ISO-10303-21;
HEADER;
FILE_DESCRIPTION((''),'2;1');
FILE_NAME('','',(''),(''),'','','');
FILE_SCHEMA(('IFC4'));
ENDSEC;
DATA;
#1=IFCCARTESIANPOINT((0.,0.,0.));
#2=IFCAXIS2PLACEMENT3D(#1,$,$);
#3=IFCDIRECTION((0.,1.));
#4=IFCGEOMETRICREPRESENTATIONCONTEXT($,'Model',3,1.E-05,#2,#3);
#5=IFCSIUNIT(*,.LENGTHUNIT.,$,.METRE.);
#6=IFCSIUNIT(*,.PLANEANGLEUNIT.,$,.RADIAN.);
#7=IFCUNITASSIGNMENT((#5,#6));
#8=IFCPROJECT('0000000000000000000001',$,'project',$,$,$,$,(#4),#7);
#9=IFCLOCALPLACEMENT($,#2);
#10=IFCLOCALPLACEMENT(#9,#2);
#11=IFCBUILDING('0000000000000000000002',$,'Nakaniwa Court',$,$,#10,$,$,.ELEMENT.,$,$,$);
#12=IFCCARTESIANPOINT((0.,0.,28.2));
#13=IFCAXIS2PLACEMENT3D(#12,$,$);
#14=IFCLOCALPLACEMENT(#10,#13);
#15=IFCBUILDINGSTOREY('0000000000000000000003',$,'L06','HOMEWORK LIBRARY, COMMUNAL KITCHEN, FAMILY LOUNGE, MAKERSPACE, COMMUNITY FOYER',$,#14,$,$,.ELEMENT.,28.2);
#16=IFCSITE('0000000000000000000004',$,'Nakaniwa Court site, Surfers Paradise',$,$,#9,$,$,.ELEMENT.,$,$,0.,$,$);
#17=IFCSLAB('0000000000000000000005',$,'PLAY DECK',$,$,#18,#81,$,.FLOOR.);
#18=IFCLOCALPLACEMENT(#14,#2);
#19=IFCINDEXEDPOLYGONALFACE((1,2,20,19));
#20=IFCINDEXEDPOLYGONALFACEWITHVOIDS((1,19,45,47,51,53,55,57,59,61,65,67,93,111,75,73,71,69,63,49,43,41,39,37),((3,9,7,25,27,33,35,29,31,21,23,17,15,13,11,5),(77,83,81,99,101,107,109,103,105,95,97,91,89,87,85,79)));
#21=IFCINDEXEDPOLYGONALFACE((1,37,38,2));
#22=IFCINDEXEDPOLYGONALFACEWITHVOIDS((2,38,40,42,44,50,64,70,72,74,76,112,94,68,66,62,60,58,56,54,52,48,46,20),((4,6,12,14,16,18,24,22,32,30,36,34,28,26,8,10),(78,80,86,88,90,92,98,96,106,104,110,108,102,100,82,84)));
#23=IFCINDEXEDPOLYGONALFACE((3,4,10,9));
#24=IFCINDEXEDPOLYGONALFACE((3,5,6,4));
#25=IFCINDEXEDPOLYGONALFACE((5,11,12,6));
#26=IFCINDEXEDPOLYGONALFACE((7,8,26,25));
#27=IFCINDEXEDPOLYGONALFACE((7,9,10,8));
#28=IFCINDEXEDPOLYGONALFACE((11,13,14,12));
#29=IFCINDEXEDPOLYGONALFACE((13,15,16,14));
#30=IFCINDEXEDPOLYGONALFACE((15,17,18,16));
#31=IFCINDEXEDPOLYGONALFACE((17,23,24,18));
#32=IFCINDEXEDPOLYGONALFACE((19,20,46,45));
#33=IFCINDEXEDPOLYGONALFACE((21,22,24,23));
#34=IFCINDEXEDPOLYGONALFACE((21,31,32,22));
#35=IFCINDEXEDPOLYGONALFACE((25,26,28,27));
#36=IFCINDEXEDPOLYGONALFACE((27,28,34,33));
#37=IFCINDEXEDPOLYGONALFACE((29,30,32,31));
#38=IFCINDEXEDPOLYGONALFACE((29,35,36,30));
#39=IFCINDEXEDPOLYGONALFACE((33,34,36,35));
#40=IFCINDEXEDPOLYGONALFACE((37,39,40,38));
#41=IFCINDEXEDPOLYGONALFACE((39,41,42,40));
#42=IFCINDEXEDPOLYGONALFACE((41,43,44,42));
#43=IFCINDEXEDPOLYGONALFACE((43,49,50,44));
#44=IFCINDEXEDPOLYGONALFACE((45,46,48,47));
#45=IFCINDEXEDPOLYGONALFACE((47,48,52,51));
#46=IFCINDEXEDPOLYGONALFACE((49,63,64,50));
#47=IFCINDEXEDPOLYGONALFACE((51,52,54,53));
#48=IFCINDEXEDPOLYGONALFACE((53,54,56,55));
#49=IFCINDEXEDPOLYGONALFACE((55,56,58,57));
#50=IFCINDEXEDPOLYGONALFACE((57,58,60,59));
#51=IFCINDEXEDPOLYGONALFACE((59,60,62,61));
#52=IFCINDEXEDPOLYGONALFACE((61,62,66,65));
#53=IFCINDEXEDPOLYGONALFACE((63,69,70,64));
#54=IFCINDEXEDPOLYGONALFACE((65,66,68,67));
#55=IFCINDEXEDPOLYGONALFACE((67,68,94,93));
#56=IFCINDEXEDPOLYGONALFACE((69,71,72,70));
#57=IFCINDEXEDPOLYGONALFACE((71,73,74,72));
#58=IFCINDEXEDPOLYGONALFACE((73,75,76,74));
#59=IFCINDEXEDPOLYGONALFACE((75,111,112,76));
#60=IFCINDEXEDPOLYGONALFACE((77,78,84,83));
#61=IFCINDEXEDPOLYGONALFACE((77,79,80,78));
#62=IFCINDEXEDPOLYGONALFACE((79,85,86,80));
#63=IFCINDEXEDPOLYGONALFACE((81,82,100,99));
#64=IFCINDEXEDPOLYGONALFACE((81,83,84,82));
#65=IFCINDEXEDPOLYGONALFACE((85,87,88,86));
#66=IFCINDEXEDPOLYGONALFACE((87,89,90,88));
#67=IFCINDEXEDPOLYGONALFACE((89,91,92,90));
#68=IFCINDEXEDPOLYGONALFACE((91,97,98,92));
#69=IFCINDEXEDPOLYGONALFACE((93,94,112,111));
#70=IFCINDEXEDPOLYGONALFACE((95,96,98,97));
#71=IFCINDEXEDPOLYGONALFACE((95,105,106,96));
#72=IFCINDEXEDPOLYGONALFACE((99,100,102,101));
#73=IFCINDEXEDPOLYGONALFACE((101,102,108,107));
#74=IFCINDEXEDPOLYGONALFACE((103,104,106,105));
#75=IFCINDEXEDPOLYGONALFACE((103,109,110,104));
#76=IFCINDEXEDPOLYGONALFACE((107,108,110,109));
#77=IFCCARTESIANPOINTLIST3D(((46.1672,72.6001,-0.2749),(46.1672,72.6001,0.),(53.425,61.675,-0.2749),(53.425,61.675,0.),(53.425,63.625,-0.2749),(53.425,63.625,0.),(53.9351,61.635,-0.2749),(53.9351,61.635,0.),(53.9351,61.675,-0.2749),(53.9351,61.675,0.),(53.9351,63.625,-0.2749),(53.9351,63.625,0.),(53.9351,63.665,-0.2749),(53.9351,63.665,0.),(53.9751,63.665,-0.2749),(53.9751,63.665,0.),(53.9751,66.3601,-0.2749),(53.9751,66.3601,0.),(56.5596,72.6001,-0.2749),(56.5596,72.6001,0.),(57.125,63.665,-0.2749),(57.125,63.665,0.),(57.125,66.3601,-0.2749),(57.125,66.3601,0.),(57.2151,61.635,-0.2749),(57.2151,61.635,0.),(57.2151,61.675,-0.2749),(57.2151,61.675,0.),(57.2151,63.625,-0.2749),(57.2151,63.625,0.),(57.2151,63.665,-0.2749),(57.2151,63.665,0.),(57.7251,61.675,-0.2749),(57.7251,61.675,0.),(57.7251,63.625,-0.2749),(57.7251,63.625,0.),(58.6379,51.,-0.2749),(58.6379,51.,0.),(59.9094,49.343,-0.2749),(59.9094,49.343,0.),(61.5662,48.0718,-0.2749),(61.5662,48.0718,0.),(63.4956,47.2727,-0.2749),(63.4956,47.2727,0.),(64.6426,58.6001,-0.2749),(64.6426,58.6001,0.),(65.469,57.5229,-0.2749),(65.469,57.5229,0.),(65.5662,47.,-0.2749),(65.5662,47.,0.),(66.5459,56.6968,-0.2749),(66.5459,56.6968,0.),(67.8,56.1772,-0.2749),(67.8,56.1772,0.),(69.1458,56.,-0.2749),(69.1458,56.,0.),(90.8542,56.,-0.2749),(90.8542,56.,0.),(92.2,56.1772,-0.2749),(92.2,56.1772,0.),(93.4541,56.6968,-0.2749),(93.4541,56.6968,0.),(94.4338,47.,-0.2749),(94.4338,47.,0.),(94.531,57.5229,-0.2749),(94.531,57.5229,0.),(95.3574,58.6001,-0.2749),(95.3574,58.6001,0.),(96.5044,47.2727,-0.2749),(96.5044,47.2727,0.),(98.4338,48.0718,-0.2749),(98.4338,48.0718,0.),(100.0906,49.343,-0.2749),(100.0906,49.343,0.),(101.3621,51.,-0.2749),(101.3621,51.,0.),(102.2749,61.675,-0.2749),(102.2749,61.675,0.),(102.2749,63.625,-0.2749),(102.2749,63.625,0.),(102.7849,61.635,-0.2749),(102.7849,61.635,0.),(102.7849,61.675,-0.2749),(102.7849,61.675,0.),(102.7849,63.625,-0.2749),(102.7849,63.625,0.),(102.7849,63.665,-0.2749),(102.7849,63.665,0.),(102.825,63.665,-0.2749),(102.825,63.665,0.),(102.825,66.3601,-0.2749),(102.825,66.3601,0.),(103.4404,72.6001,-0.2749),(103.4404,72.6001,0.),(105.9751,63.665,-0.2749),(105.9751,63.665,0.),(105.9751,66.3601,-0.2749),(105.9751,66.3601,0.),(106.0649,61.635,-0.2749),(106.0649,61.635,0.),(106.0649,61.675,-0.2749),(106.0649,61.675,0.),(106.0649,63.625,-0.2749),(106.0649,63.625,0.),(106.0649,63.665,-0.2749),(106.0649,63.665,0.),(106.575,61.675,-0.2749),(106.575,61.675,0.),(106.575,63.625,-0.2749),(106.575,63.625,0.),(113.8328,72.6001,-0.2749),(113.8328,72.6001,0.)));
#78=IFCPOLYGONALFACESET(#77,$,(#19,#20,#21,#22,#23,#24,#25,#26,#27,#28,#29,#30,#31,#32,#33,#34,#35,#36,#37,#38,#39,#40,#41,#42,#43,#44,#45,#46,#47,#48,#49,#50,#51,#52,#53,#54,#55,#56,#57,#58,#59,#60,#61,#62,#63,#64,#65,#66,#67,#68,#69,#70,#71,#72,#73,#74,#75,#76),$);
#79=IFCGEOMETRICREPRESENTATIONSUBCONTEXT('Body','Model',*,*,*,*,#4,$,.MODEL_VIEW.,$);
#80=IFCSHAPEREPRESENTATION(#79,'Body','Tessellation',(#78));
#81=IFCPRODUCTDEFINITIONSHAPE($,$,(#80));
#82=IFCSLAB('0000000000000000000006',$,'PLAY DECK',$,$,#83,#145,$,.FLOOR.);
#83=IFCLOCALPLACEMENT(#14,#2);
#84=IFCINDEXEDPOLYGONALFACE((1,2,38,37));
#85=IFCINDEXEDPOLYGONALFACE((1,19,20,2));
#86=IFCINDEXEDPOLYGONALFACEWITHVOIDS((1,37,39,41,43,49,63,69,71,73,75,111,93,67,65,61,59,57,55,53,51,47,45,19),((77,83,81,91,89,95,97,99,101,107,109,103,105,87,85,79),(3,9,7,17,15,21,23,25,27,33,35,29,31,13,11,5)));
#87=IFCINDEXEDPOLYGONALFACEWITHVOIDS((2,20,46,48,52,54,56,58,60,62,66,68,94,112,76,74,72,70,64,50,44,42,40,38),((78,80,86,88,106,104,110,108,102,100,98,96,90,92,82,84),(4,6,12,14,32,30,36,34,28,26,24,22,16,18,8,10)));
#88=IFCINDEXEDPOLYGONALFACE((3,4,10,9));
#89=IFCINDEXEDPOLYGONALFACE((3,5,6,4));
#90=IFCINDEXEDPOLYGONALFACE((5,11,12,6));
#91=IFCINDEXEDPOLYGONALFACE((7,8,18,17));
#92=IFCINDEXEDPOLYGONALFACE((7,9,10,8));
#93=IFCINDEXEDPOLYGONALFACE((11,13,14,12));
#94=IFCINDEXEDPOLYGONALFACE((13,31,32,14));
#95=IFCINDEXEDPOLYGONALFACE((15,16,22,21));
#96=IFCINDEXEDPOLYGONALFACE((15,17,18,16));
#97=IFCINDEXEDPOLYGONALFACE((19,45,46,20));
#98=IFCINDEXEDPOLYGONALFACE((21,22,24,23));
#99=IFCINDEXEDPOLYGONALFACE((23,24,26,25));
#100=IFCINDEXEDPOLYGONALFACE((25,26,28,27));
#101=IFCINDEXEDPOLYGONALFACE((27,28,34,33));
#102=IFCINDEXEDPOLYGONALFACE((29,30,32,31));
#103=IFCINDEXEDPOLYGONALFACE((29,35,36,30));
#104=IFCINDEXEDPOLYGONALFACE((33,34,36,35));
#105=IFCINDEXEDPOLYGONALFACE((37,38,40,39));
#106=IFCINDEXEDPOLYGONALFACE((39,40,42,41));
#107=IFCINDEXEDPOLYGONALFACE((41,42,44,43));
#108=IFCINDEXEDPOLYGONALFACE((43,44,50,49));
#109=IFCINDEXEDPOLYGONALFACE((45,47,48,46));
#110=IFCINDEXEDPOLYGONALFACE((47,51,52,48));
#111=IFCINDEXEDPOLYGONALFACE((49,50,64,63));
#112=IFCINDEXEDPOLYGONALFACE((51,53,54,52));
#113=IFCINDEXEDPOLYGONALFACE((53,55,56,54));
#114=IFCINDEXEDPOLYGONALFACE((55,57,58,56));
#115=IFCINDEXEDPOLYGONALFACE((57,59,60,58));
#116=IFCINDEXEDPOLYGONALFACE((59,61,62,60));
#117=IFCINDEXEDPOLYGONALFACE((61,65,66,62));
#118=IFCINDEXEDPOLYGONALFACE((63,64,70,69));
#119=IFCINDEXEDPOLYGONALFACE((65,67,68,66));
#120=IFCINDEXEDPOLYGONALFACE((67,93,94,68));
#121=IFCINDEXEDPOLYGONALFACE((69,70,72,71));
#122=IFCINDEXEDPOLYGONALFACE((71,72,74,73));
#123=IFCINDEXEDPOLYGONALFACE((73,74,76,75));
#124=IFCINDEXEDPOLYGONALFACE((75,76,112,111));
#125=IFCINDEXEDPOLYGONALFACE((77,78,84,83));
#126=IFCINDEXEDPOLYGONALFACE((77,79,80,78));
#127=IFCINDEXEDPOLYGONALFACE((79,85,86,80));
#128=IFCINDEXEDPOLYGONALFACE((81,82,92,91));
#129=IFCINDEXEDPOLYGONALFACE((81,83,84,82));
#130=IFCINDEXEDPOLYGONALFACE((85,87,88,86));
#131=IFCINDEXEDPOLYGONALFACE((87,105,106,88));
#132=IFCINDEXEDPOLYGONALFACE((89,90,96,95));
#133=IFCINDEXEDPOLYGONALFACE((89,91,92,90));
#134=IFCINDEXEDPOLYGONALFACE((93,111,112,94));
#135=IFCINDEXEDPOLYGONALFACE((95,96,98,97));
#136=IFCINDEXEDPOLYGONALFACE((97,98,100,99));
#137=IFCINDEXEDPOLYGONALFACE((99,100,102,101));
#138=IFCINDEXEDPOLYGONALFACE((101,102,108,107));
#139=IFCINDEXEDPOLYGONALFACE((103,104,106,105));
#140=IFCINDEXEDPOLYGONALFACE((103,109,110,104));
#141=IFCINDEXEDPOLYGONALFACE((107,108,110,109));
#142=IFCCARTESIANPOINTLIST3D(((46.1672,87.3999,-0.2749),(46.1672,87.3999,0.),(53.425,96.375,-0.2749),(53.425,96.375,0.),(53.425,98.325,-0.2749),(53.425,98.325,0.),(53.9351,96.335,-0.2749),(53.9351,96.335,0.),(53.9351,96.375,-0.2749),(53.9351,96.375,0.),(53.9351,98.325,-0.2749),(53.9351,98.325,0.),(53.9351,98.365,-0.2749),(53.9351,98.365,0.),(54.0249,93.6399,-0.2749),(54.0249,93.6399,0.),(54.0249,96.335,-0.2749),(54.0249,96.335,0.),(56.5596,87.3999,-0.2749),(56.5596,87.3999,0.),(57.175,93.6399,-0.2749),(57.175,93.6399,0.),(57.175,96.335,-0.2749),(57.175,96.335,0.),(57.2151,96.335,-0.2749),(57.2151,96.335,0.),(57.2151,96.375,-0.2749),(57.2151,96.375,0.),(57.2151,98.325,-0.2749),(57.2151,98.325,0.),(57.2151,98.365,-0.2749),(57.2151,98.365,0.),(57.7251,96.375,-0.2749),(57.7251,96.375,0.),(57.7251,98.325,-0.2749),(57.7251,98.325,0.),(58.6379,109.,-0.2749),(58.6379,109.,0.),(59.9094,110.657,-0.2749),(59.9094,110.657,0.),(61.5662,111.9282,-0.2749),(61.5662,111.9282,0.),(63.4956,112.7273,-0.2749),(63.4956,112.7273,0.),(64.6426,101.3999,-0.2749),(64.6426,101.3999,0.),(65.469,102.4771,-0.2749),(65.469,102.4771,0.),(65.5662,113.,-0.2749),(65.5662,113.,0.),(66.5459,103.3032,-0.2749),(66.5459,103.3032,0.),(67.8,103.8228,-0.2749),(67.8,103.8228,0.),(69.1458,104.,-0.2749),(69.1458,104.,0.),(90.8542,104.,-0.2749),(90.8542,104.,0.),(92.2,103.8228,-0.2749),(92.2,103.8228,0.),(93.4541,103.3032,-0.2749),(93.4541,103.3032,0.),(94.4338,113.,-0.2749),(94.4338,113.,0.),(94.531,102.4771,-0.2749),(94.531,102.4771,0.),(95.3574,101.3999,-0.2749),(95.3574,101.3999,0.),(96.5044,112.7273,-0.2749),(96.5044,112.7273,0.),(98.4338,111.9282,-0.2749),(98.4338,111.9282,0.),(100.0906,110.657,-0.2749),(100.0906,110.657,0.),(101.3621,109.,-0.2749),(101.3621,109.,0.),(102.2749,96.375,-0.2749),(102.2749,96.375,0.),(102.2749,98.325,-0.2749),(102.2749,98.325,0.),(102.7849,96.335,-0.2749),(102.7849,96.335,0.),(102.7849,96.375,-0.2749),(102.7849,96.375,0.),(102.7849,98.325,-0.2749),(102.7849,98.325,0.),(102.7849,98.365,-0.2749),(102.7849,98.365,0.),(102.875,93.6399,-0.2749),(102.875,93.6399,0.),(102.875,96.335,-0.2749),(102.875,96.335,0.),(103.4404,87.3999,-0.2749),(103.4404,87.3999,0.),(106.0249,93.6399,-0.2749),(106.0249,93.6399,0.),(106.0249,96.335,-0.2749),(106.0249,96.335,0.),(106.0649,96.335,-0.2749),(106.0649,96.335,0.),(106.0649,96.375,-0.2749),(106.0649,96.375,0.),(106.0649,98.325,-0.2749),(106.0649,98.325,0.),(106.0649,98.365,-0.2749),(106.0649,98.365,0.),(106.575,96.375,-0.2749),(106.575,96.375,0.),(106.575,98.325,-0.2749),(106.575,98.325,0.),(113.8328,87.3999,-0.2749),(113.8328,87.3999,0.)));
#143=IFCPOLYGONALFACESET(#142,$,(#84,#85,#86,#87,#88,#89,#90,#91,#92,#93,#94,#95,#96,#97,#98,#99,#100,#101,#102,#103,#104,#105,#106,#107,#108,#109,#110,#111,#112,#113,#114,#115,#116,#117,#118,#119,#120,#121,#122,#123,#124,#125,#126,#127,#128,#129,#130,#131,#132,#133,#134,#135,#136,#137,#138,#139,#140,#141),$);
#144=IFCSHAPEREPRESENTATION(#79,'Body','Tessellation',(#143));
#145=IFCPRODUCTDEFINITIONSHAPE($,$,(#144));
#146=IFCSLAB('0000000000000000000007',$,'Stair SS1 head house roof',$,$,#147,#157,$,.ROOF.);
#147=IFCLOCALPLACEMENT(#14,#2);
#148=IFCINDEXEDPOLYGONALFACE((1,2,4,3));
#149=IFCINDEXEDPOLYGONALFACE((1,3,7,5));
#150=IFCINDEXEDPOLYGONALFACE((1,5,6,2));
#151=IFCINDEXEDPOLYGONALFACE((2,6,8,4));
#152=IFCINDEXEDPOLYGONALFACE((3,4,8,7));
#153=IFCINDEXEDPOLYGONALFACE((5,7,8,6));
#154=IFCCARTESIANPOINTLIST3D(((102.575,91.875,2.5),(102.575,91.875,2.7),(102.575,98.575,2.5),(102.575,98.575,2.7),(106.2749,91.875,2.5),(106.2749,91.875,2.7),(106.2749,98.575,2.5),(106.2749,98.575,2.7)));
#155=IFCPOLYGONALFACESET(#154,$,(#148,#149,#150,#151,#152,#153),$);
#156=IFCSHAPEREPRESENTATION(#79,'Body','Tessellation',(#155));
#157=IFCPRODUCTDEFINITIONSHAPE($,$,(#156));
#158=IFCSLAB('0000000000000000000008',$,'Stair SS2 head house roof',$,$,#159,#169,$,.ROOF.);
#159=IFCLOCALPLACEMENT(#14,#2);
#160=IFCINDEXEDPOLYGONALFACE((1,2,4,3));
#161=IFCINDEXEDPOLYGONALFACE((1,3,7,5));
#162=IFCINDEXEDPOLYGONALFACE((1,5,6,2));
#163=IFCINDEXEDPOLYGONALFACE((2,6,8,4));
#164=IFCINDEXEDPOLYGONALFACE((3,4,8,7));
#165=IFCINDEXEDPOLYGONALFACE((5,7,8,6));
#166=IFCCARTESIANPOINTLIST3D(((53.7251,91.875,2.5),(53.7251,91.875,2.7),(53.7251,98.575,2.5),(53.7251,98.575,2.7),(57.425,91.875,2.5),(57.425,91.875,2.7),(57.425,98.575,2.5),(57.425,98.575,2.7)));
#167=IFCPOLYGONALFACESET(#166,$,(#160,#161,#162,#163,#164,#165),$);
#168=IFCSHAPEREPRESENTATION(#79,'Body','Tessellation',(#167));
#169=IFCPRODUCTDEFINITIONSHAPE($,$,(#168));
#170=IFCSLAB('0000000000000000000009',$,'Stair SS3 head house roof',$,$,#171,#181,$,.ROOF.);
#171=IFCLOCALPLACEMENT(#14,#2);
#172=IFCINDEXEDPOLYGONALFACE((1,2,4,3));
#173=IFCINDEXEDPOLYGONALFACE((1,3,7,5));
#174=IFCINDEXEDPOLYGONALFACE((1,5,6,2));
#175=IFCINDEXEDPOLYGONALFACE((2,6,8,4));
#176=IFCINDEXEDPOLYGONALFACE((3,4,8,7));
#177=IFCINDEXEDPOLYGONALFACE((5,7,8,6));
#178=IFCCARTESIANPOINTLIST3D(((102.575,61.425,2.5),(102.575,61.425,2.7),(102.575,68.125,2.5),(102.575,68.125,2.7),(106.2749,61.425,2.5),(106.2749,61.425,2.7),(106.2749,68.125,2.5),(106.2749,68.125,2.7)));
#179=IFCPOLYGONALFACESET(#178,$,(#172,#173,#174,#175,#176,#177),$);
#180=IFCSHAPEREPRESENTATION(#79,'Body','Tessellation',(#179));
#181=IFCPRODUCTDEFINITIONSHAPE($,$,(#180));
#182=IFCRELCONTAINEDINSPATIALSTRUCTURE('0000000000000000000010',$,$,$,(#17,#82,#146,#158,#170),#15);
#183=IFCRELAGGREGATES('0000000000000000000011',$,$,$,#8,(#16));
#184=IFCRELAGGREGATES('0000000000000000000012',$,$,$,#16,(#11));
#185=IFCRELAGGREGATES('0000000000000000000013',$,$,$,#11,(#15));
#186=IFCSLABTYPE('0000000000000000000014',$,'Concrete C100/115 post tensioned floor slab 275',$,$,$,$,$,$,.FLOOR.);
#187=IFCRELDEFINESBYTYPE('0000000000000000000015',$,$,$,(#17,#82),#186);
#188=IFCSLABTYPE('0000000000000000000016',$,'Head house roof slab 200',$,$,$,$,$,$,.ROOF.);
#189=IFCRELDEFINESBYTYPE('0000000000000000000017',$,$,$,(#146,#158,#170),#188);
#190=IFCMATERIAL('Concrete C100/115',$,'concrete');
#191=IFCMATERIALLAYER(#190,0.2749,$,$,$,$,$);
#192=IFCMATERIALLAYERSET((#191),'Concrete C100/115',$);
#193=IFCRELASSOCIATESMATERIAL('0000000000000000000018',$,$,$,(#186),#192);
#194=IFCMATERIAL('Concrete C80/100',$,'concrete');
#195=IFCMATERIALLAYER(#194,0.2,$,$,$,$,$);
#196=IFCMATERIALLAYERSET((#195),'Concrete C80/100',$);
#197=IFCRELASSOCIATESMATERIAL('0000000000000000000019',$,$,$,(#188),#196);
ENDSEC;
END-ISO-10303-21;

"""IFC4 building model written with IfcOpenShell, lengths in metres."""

from ifc_helpers import new_model, si_unit, direction, frame, origin, place, context, subcontext, project, spatial, polyline, outline, extrude, material, layer, layer_set, type_object, element, save


model = new_model("IFC4")

# Units and contexts
model_context = context("Model", 3, precision=1e-05, world=origin(), true_north=direction((0.0, 1.0)))
body_context = subcontext(model_context, "Body", "Model", "MODEL_VIEW")
ifc_project = project(units=[si_unit("LENGTHUNIT", "METRE"), si_unit("PLANEANGLEUNIT", "RADIAN")], contexts=[model_context])

# Site, building, storey
site_placement = place(None, origin())
site = spatial("IfcSite", under=ifc_project, at=site_placement, Name="Nakaniwa Court site, Surfers Paradise", CompositionType="ELEMENT", RefElevation=0.0)
building_placement = place(site_placement, origin())
building = spatial("IfcBuilding", under=site, at=building_placement, Name="Nakaniwa Court", CompositionType="ELEMENT")
storey_placement = place(building_placement, frame((0.0, 0.0, 28.2)))
storey = spatial("IfcBuildingStorey", under=building, at=storey_placement, Name="L06", Description="HOMEWORK LIBRARY, COMMUNAL KITCHEN, FAMILY LOUNGE, MAKERSPACE, COMMUNITY FOYER", CompositionType="ELEMENT", Elevation=28.2)

# Shared definitions
ifc_material_1 = material(Name="Concrete C100/115", Category="concrete")

# Slabs
ifc_layer_1 = layer(ifc_material_1, 0.2749)
ifc_layer_set_1 = layer_set([ifc_layer_1], Name="Concrete C100/115")
slab_type_1 = type_object("IfcSlabType", Name="Concrete C100/115 post tensioned floor slab 275", PredefinedType="FLOOR", material=ifc_layer_set_1)
slab_1_placement = place(storey_placement, frame((0.0, 0.0, -0.2749)))
element("IfcSlab", 1, at=slab_1_placement, inside=storey, type_object=slab_type_1, Name="PLAY DECK", PredefinedType="FLOOR", context=body_context, shape_type="SweptSolid", body=[
    extrude(outline(polyline([(101.3621, 51.0), (113.8328, 72.6001), (103.4404, 72.6001), (95.3574, 58.6001), (94.531, 57.5229), (93.4541, 56.6968), (92.2, 56.1772), (90.8542, 56.0), (69.1458, 56.0), (67.8, 56.1772), (66.5459, 56.6968), (65.469, 57.5229), (64.6426, 58.6001), (56.5596, 72.6001), (46.1672, 72.6001), (58.6379, 51.0), (59.9094, 49.343), (61.5662, 48.0718), (63.4956, 47.2727), (65.5662, 47.0), (94.4338, 47.0), (96.5044, 47.2727), (98.4338, 48.0718), (100.0906, 49.343), (101.3621, 51.0)]), holes=[polyline([(53.425, 63.625), (53.425, 61.675), (53.9351, 61.675), (53.9351, 61.635), (57.2151, 61.635), (57.2151, 61.675), (57.7251, 61.675), (57.7251, 63.625), (57.2151, 63.625), (57.2151, 63.665), (57.125, 63.665), (57.125, 66.3601), (53.9751, 66.3601), (53.9751, 63.665), (53.9351, 63.665), (53.9351, 63.625), (53.425, 63.625)]), polyline([(102.7849, 63.665), (102.7849, 63.625), (102.2749, 63.625), (102.2749, 61.675), (102.7849, 61.675), (102.7849, 61.635), (106.0649, 61.635), (106.0649, 61.675), (106.575, 61.675), (106.575, 63.625), (106.0649, 63.625), (106.0649, 63.665), (105.9751, 63.665), (105.9751, 66.3601), (102.825, 66.3601), (102.825, 63.665), (102.7849, 63.665)])]), origin(), (0.0, 0.0, 1.0), 0.2749),
])
slab_2_placement = place(storey_placement, frame((0.0, 0.0, -0.2749)))
element("IfcSlab", 2, at=slab_2_placement, inside=storey, type_object=slab_type_1, Name="PLAY DECK", PredefinedType="FLOOR", context=body_context, shape_type="SweptSolid", body=[
    extrude(outline(polyline([(58.6379, 109.0), (46.1672, 87.3999), (56.5596, 87.3999), (64.6426, 101.3999), (65.469, 102.4771), (66.5459, 103.3032), (67.8, 103.8228), (69.1458, 104.0), (90.8542, 104.0), (92.2, 103.8228), (93.4541, 103.3032), (94.531, 102.4771), (95.3574, 101.3999), (103.4404, 87.3999), (113.8328, 87.3999), (101.3621, 109.0), (100.0906, 110.657), (98.4338, 111.9282), (96.5044, 112.7273), (94.4338, 113.0), (65.5662, 113.0), (63.4956, 112.7273), (61.5662, 111.9282), (59.9094, 110.657), (58.6379, 109.0)]), holes=[polyline([(54.0249, 93.6399), (57.175, 93.6399), (57.175, 96.335), (57.2151, 96.335), (57.2151, 96.375), (57.7251, 96.375), (57.7251, 98.325), (57.2151, 98.325), (57.2151, 98.365), (53.9351, 98.365), (53.9351, 98.325), (53.425, 98.325), (53.425, 96.375), (53.9351, 96.375), (53.9351, 96.335), (54.0249, 96.335), (54.0249, 93.6399)]), polyline([(102.7849, 96.335), (102.875, 96.335), (102.875, 93.6399), (106.0249, 93.6399), (106.0249, 96.335), (106.0649, 96.335), (106.0649, 96.375), (106.575, 96.375), (106.575, 98.325), (106.0649, 98.325), (106.0649, 98.365), (102.7849, 98.365), (102.7849, 98.325), (102.2749, 98.325), (102.2749, 96.375), (102.7849, 96.375), (102.7849, 96.335)])]), origin(), (0.0, 0.0, 1.0), 0.2749),
])
ifc_material_2 = material(Name="Concrete C80/100", Category="concrete")
ifc_layer_2 = layer(ifc_material_2, 0.2)
ifc_layer_set_2 = layer_set([ifc_layer_2], Name="Concrete C80/100")
slab_type_2 = type_object("IfcSlabType", Name="Head house roof slab 200", PredefinedType="ROOF", material=ifc_layer_set_2)
slab_3_placement = place(storey_placement, frame((0.0, 0.0, 2.5)))
element("IfcSlab", 3, at=slab_3_placement, inside=storey, type_object=slab_type_2, Name="Stair SS1 head house roof", PredefinedType="ROOF", context=body_context, shape_type="SweptSolid", body=[
    extrude(outline(polyline([(102.575, 91.875), (106.2749, 91.875), (106.2749, 98.575), (102.575, 98.575), (102.575, 91.875)])), origin(), (0.0, 0.0, 1.0), 0.2),
])
slab_4_placement = place(storey_placement, frame((0.0, 0.0, 2.5)))
element("IfcSlab", 4, at=slab_4_placement, inside=storey, type_object=slab_type_2, Name="Stair SS2 head house roof", PredefinedType="ROOF", context=body_context, shape_type="SweptSolid", body=[
    extrude(outline(polyline([(53.7251, 91.875), (57.425, 91.875), (57.425, 98.575), (53.7251, 98.575), (53.7251, 91.875)])), origin(), (0.0, 0.0, 1.0), 0.2),
])
slab_5_placement = place(storey_placement, frame((0.0, 0.0, 2.5)))
element("IfcSlab", 5, at=slab_5_placement, inside=storey, type_object=slab_type_2, Name="Stair SS3 head house roof", PredefinedType="ROOF", context=body_context, shape_type="SweptSolid", body=[
    extrude(outline(polyline([(102.575, 61.425), (106.2749, 61.425), (106.2749, 68.125), (102.575, 68.125), (102.575, 61.425)])), origin(), (0.0, 0.0, 1.0), 0.2),
])

save(model, "model.ifc")
